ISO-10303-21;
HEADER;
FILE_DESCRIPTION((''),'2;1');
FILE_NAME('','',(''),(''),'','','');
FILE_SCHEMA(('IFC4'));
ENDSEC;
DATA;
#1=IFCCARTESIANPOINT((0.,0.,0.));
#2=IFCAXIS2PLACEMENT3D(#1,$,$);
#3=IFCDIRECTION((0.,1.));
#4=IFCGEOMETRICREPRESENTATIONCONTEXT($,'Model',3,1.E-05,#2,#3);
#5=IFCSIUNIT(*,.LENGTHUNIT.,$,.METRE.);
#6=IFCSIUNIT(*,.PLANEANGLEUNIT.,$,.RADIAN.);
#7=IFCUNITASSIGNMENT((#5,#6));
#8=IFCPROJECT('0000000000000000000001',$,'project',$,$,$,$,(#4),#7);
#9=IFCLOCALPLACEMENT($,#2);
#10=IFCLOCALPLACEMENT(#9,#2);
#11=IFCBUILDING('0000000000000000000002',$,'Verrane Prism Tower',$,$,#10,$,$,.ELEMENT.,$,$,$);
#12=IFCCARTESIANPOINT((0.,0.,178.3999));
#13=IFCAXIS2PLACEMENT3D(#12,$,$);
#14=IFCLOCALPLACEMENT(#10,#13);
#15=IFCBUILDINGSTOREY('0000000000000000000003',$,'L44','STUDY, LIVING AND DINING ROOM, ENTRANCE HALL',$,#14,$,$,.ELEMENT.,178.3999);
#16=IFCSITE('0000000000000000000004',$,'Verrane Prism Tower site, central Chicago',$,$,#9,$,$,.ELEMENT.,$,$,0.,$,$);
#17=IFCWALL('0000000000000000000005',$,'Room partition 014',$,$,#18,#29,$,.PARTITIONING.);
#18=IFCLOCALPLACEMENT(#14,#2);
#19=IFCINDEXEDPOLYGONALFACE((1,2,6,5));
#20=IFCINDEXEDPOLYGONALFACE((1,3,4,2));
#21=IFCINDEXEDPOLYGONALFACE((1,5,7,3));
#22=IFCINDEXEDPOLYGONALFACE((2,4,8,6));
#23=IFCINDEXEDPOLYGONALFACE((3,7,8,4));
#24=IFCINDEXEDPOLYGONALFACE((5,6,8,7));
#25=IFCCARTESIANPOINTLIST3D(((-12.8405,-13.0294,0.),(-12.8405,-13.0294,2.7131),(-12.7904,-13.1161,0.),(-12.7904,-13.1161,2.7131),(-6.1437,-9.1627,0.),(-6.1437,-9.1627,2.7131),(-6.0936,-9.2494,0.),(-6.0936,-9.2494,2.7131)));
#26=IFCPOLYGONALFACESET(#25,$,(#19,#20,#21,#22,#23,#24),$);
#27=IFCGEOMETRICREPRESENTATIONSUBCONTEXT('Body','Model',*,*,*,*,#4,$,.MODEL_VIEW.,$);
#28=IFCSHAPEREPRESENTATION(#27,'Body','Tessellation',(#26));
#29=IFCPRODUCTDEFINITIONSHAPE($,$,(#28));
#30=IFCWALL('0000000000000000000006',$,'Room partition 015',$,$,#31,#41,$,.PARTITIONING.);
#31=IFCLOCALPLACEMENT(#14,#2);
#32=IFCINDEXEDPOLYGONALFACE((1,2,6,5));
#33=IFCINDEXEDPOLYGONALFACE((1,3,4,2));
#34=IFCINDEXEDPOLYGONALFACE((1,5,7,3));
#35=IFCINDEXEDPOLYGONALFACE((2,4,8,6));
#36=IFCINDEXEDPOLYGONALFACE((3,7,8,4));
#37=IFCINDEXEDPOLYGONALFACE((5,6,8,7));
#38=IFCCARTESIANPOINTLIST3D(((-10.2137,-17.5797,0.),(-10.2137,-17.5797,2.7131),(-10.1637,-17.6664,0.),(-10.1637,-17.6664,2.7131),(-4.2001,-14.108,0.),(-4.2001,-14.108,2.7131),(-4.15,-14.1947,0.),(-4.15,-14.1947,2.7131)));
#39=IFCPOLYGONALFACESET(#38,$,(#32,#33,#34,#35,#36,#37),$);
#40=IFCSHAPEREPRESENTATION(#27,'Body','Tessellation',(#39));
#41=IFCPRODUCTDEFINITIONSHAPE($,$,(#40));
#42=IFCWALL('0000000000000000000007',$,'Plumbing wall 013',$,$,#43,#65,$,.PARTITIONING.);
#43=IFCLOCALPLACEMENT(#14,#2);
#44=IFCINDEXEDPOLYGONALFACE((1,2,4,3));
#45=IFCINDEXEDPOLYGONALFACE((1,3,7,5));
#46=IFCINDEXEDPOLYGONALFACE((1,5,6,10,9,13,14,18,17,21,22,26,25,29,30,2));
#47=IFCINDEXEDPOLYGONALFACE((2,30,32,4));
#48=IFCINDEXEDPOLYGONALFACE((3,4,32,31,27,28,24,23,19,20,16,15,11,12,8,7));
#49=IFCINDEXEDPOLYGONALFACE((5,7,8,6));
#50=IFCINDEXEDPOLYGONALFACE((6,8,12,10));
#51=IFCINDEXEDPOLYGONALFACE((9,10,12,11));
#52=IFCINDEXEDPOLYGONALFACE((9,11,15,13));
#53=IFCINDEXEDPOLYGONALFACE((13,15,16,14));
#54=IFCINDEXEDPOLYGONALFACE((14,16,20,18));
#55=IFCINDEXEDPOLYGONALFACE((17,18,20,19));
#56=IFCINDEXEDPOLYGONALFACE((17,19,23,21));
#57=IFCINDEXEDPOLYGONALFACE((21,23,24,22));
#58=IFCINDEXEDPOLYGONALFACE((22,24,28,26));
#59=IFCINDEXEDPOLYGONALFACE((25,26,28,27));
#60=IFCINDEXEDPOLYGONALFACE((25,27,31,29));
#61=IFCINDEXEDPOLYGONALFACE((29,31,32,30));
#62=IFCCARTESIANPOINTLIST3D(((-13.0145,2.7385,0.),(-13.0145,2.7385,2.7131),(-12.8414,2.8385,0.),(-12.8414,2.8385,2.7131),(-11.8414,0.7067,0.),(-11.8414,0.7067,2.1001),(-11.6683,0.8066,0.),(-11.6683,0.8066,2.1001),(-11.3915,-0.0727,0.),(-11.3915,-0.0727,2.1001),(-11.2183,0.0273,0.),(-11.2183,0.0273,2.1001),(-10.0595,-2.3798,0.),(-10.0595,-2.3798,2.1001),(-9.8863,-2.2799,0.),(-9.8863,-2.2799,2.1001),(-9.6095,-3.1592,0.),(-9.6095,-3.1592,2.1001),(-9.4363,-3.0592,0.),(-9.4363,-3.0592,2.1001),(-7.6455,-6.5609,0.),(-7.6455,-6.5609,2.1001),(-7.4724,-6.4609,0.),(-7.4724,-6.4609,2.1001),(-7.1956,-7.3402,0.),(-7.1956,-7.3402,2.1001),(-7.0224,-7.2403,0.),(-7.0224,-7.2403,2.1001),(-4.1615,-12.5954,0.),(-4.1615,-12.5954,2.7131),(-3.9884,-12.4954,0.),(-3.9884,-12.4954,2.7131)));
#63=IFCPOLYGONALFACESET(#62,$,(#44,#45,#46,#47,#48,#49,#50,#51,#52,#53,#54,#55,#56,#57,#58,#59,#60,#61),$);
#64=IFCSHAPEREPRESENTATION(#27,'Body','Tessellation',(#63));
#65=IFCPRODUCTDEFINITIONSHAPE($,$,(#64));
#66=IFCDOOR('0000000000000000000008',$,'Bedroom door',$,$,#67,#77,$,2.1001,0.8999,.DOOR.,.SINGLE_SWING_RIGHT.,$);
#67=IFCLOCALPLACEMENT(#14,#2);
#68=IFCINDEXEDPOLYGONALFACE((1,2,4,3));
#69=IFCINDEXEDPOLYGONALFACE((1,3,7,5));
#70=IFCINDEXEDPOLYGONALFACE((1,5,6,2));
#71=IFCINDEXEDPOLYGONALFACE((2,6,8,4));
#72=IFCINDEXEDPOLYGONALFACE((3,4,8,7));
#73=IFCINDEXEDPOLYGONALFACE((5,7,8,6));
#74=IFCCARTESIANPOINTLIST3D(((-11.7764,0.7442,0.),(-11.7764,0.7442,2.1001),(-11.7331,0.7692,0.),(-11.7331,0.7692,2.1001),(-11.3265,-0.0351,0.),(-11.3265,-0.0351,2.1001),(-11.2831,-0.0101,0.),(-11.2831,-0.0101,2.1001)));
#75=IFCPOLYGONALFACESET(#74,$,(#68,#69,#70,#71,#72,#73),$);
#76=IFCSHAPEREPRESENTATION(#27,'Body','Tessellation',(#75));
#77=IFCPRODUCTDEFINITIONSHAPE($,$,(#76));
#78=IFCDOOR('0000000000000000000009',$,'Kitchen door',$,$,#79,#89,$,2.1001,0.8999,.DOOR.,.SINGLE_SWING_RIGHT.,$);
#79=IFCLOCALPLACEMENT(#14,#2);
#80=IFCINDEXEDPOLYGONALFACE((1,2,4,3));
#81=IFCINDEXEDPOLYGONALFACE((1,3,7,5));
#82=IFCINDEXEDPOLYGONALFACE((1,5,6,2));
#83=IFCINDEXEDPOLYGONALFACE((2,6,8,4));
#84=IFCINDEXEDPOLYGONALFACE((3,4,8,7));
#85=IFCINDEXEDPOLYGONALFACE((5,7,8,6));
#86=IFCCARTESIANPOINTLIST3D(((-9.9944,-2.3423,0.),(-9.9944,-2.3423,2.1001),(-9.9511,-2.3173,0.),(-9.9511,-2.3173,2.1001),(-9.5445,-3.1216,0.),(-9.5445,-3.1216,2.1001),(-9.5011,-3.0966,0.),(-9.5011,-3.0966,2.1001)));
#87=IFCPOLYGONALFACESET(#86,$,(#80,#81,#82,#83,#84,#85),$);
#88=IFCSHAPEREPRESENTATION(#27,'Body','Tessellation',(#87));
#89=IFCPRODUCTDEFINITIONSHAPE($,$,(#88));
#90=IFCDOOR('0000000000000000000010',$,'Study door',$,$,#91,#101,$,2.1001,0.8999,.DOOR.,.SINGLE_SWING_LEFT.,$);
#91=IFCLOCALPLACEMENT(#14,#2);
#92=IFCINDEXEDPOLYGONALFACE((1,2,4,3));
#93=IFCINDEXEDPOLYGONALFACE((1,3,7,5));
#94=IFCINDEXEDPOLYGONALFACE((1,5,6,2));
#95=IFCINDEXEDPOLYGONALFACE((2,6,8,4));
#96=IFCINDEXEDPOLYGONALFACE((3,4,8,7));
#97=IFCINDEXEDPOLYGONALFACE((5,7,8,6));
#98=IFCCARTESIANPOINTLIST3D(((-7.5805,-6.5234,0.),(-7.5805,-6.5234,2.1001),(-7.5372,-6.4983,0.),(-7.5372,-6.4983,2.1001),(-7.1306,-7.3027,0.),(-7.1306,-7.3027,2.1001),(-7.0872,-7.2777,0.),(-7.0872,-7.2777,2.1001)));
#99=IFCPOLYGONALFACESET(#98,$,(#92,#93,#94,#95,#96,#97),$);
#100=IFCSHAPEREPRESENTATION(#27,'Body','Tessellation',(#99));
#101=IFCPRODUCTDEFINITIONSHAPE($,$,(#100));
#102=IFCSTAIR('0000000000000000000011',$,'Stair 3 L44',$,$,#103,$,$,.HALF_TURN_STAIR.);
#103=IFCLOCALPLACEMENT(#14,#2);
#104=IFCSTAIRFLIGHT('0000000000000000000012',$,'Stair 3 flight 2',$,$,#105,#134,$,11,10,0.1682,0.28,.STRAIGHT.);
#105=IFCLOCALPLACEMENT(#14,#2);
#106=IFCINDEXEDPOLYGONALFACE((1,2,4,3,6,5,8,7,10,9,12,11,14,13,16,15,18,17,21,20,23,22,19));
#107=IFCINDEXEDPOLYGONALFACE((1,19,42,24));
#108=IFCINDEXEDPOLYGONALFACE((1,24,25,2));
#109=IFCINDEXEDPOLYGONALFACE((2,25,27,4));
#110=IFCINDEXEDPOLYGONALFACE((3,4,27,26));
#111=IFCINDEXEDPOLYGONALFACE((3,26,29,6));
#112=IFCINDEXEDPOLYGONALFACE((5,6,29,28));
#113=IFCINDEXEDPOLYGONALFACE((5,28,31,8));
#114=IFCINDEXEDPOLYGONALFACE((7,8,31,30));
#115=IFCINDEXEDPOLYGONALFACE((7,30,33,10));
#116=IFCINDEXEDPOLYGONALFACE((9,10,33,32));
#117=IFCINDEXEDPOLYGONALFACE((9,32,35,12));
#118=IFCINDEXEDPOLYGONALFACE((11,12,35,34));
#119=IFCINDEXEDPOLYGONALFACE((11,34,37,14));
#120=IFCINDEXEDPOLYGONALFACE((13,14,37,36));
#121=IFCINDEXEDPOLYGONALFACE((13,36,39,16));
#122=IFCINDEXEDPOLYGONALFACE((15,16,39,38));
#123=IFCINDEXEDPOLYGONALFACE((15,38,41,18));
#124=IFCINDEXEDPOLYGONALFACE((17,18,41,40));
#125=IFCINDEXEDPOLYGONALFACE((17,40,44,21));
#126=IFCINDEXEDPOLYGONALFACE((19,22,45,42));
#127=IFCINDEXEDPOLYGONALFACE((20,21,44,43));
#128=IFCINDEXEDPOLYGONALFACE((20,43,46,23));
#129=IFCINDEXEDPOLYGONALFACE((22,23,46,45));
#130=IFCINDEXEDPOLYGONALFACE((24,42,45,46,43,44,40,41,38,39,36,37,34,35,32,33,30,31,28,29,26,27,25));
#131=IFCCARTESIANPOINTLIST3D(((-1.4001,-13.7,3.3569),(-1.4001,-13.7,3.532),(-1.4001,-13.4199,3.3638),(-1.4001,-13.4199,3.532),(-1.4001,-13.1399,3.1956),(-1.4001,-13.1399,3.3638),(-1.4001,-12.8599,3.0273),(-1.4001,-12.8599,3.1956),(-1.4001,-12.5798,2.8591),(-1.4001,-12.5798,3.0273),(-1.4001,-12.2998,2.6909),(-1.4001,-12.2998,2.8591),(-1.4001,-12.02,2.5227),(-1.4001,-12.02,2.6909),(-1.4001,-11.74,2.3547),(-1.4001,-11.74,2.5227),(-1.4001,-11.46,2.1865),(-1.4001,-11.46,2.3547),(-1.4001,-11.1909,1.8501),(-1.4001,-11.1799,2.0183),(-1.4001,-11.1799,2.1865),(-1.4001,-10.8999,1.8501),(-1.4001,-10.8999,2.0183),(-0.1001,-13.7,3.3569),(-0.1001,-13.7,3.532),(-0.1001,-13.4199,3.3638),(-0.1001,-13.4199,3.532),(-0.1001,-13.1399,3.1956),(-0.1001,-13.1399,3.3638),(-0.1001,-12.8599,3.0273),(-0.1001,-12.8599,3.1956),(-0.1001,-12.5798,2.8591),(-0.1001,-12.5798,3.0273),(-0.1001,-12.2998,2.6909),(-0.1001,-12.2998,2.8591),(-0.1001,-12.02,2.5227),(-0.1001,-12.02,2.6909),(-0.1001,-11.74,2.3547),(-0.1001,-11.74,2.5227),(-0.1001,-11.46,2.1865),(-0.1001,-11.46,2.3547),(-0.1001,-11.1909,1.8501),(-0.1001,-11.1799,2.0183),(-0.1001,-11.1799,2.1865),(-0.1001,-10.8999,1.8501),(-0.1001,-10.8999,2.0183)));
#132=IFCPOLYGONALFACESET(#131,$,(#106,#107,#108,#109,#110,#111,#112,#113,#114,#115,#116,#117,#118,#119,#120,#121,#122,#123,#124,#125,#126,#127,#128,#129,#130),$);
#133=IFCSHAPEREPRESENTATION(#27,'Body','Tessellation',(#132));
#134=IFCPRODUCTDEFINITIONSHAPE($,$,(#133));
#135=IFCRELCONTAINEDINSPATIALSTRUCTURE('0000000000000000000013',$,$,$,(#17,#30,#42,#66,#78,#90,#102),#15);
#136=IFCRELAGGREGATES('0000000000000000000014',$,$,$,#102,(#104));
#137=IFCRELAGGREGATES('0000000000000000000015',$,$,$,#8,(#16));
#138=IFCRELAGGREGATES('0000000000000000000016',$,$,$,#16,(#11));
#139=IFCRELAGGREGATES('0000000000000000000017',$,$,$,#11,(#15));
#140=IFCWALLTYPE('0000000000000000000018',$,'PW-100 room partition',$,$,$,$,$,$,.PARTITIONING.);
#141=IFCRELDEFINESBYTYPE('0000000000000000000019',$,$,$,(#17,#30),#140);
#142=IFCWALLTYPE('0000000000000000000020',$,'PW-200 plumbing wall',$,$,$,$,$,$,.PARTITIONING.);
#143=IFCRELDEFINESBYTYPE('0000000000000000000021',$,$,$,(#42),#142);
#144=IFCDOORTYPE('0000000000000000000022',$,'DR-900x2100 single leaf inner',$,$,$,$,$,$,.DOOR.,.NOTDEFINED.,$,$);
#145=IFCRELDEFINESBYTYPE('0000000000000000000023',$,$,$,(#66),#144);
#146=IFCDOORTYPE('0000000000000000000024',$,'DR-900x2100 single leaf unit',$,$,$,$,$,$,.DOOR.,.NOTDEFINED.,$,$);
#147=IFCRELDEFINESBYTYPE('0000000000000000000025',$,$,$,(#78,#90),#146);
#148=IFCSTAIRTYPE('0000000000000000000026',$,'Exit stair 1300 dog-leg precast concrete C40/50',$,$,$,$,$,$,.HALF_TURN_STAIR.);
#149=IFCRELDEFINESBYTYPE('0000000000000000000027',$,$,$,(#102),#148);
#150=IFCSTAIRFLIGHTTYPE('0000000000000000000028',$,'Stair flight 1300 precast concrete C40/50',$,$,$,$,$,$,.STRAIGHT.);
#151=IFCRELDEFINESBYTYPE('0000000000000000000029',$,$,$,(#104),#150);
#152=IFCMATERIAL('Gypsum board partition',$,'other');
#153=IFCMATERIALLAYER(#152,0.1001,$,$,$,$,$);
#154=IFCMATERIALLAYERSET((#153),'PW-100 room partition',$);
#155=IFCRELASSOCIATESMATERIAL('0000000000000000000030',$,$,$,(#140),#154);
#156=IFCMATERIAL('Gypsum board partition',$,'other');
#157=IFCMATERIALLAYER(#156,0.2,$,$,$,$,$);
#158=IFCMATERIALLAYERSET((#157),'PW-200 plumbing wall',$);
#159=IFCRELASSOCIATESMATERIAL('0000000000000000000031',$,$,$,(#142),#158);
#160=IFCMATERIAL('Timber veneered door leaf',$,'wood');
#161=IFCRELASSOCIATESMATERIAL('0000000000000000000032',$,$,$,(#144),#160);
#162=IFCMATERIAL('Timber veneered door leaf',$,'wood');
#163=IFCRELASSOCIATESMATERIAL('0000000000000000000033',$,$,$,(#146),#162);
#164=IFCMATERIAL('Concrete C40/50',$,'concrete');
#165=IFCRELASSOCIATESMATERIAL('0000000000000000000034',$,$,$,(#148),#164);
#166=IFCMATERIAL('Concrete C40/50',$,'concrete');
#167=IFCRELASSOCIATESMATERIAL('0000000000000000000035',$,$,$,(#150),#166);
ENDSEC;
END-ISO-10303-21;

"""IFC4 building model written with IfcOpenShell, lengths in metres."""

from ifc_helpers import new_model, si_unit, direction, frame, frame_2d, origin, place, context, subcontext, project, spatial, polyline, rectangle, outline, extrude, material, layer, layer_set, type_object, element, fill, aggregate, save


model = new_model("IFC4")

# Units and contexts
model_context = context("Model", 3, precision=1e-05, world=origin(), true_north=direction((0.0, 1.0)))
body_context = subcontext(model_context, "Body", "Model", "MODEL_VIEW")
ifc_project = project(units=[si_unit("LENGTHUNIT", "METRE"), si_unit("PLANEANGLEUNIT", "RADIAN")], contexts=[model_context])

# Site, building, storey
site_placement = place(None, origin())
site = spatial("IfcSite", under=ifc_project, at=site_placement, Name="Verrane Prism Tower site, central Chicago", CompositionType="ELEMENT", RefElevation=0.0)
building_placement = place(site_placement, origin())
building = spatial("IfcBuilding", under=site, at=building_placement, Name="Verrane Prism Tower", CompositionType="ELEMENT")
storey_placement = place(building_placement, frame((0.0, 0.0, 178.3999)))
storey = spatial("IfcBuildingStorey", under=building, at=storey_placement, Name="L44", Description="STUDY, LIVING AND DINING ROOM, ENTRANCE HALL", CompositionType="ELEMENT", Elevation=178.3999)

# Walls
ifc_material_1 = material(Name="Gypsum board partition", Category="other")
ifc_layer_1 = layer(ifc_material_1, 0.1001)
ifc_layer_set_1 = layer_set([ifc_layer_1], Name="PW-100 room partition")
wall_type_1 = type_object("IfcWallType", Name="PW-100 room partition", PredefinedType="PARTITIONING", material=ifc_layer_set_1)
wall_1_placement = place(storey_placement, frame((-12.8154, -13.0728, 0.0), z_axis=(0.0, 0.0, 1.0), x_axis=(0.866008, 0.50003, 0.0)))
element("IfcWall", 1, at=wall_1_placement, inside=storey, type_object=wall_type_1, Name="Room partition 014", PredefinedType="PARTITIONING", context=body_context, shape_type="SweptSolid", body=[
    extrude(rectangle(XDim=7.7329, YDim=0.1001, at=frame_2d((3.8665, 0.0))), origin(), (0.0, 0.0, 1.0), 2.7131),
])
wall_2_placement = place(storey_placement, frame((-10.1887, -17.623, 0.0), z_axis=(0.0, 0.0, 1.0), x_axis=(0.866045, 0.499966, 0.0)))
element("IfcWall", 2, at=wall_2_placement, inside=storey, type_object=wall_type_1, Name="Room partition 015", PredefinedType="PARTITIONING", context=body_context, shape_type="SweptSolid", body=[
    extrude(rectangle(XDim=6.9438, YDim=0.1001, at=frame_2d((3.4719, 0.0))), origin(), (0.0, 0.0, 1.0), 2.7131),
])

# Wall, openings, doors
ifc_material_2 = material(Name="Gypsum board partition", Category="other")
ifc_layer_2 = layer(ifc_material_2, 0.2)
ifc_layer_set_2 = layer_set([ifc_layer_2], Name="PW-200 plumbing wall")
wall_type_2 = type_object("IfcWallType", Name="PW-200 plumbing wall", PredefinedType="PARTITIONING", material=ifc_layer_set_2)
wall_3_placement = place(storey_placement, frame((-4.075, -12.5454, 0.0), z_axis=(0.0, 0.0, 1.0), x_axis=(-0.499998, 0.866027, 0.0)))
wall_3 = element("IfcWall", 3, at=wall_3_placement, inside=storey, type_object=wall_type_2, Name="Plumbing wall 013", PredefinedType="PARTITIONING", context=body_context, shape_type="SweptSolid", body=[
    extrude(rectangle(XDim=17.7061, YDim=0.2, at=frame_2d((8.853, 0.0))), origin(), (0.0, 0.0, 1.0), 2.7131),
])
opening_1_placement = place(wall_3_placement, frame((14.46, 0.0, 0.0)))
opening_1 = element("IfcOpeningElement", 4, at=opening_1_placement, cuts=wall_3, PredefinedType="OPENING", context=body_context, shape_type="SweptSolid", body=[
    extrude(rectangle(XDim=0.8999, YDim=2.1001, at=frame_2d((0.45, 1.05))), frame((0.0, 0.1099, 0.0), z_axis=(0.0, -1.0, 0.0), x_axis=(1.0, 0.0, 0.0)), (0.0, 0.0, 1.0), 0.22),
])
opening_2_placement = place(wall_3_placement, frame((10.896, 0.0, 0.0)))
opening_2 = element("IfcOpeningElement", 5, at=opening_2_placement, cuts=wall_3, PredefinedType="OPENING", context=body_context, shape_type="SweptSolid", body=[
    extrude(rectangle(XDim=0.8999, YDim=2.1001, at=frame_2d((0.45, 1.05))), frame((0.0, 0.1099, 0.0), z_axis=(0.0, -1.0, 0.0), x_axis=(1.0, 0.0, 0.0)), (0.0, 0.0, 1.0), 0.22),
])
opening_3_placement = place(wall_3_placement, frame((6.0681, 0.0, 0.0)))
opening_3 = element("IfcOpeningElement", 6, at=opening_3_placement, cuts=wall_3, PredefinedType="OPENING", context=body_context, shape_type="SweptSolid", body=[
    extrude(rectangle(XDim=0.8999, YDim=2.1001, at=frame_2d((0.45, 1.05))), frame((0.0, 0.1099, 0.0), z_axis=(0.0, -1.0, 0.0), x_axis=(1.0, 0.0, 0.0)), (0.0, 0.0, 1.0), 0.22),
])
ifc_material_3 = material(Name="Timber veneered door leaf", Category="wood")
door_type_1 = type_object("IfcDoorType", Name="DR-900x2100 single leaf inner", OperationType="NOTDEFINED", PredefinedType="DOOR", material=ifc_material_3)
door_1_placement = place(opening_1_placement, origin())
door_1 = element("IfcDoor", 7, at=door_1_placement, inside=storey, type_object=door_type_1, Name="Bedroom door", OperationType="SINGLE_SWING_RIGHT", OverallHeight=2.1001, OverallWidth=0.8999, PredefinedType="DOOR", context=body_context, shape_type="SweptSolid", body=[
    extrude(rectangle(XDim=0.8999, YDim=2.1001, at=frame_2d((0.45, 1.05))), frame((0.0, 0.0249, 0.0), z_axis=(0.0, -1.0, 0.0), x_axis=(1.0, 0.0, 0.0)), (0.0, 0.0, 1.0), 0.05),
])
fill(opening_1, door_1)
ifc_material_4 = material(Name="Timber veneered door leaf", Category="wood")
door_type_2 = type_object("IfcDoorType", Name="DR-900x2100 single leaf unit", OperationType="NOTDEFINED", PredefinedType="DOOR", material=ifc_material_4)
door_2_placement = place(opening_2_placement, origin())
door_2 = element("IfcDoor", 8, at=door_2_placement, inside=storey, type_object=door_type_2, Name="Kitchen door", OperationType="SINGLE_SWING_RIGHT", OverallHeight=2.1001, OverallWidth=0.8999, PredefinedType="DOOR", context=body_context, shape_type="SweptSolid", body=[
    extrude(rectangle(XDim=0.8999, YDim=2.1001, at=frame_2d((0.45, 1.05))), frame((0.0, 0.0249, 0.0), z_axis=(0.0, -1.0, 0.0), x_axis=(1.0, 0.0, 0.0)), (0.0, 0.0, 1.0), 0.05),
])
fill(opening_2, door_2)
door_3_placement = place(opening_3_placement, origin())
door_3 = element("IfcDoor", 9, at=door_3_placement, inside=storey, type_object=door_type_2, Name="Study door", OperationType="SINGLE_SWING_LEFT", OverallHeight=2.1001, OverallWidth=0.8999, PredefinedType="DOOR", context=body_context, shape_type="SweptSolid", body=[
    extrude(rectangle(XDim=0.8999, YDim=2.1001, at=frame_2d((0.45, 1.05))), frame((0.0, 0.0249, 0.0), z_axis=(0.0, -1.0, 0.0), x_axis=(1.0, 0.0, 0.0)), (0.0, 0.0, 1.0), 0.05),
])
fill(opening_3, door_3)

# Stair, stair flight
ifc_material_5 = material(Name="Concrete C40/50", Category="concrete")
stair_type = type_object("IfcStairType", Name="Exit stair 1300 dog-leg precast concrete C40/50", PredefinedType="HALF_TURN_STAIR", material=ifc_material_5)
stair_placement = place(storey_placement, origin())
stair = element("IfcStair", 10, at=stair_placement, inside=storey, type_object=stair_type, Name="Stair 3 L44", PredefinedType="HALF_TURN_STAIR")
ifc_material_6 = material(Name="Concrete C40/50", Category="concrete")
stair_flight_type = type_object("IfcStairFlightType", Name="Stair flight 1300 precast concrete C40/50", PredefinedType="STRAIGHT", material=ifc_material_6)
stair_flight_placement = place(storey_placement, frame((-0.75, -10.8999, 1.8501), z_axis=(0.0, 0.0, 1.0), x_axis=(0.0, -1.0, 0.0)))
stair_flight = element("IfcStairFlight", 11, at=stair_flight_placement, type_object=stair_flight_type, Name="Stair 3 flight 2", NumberOfRisers=11, NumberOfTreads=10, PredefinedType="STRAIGHT", RiserHeight=0.1682, TreadLength=0.28, context=body_context, shape_type="SweptSolid", body=[
    extrude(outline(polyline([(0.0, 0.0), (0.0, 0.1682), (0.28, 0.1682), (0.28, 0.3364), (0.5601, 0.3364), (0.5601, 0.5046), (0.8401, 0.5046), (0.8401, 0.6726), (1.1201, 0.6726), (1.1201, 0.8408), (1.3999, 0.8408), (1.3999, 1.009), (1.6799, 1.009), (1.6799, 1.1772), (1.96, 1.1772), (1.96, 1.3455), (2.24, 1.3455), (2.24, 1.5137), (2.52, 1.5137), (2.52, 1.6819), (2.8, 1.6819), (2.8, 1.8501), (2.8, 1.5068), (0.291, 0.0), (0.0, 0.0)])), frame((0.0, 0.6499, 0.0), z_axis=(0.0, -1.0, 0.0), x_axis=(1.0, 0.0, 0.0)), (0.0, 0.0, 1.0), 1.3),
])
aggregate(stair, [stair_flight])

save(model, "model.ifc")
